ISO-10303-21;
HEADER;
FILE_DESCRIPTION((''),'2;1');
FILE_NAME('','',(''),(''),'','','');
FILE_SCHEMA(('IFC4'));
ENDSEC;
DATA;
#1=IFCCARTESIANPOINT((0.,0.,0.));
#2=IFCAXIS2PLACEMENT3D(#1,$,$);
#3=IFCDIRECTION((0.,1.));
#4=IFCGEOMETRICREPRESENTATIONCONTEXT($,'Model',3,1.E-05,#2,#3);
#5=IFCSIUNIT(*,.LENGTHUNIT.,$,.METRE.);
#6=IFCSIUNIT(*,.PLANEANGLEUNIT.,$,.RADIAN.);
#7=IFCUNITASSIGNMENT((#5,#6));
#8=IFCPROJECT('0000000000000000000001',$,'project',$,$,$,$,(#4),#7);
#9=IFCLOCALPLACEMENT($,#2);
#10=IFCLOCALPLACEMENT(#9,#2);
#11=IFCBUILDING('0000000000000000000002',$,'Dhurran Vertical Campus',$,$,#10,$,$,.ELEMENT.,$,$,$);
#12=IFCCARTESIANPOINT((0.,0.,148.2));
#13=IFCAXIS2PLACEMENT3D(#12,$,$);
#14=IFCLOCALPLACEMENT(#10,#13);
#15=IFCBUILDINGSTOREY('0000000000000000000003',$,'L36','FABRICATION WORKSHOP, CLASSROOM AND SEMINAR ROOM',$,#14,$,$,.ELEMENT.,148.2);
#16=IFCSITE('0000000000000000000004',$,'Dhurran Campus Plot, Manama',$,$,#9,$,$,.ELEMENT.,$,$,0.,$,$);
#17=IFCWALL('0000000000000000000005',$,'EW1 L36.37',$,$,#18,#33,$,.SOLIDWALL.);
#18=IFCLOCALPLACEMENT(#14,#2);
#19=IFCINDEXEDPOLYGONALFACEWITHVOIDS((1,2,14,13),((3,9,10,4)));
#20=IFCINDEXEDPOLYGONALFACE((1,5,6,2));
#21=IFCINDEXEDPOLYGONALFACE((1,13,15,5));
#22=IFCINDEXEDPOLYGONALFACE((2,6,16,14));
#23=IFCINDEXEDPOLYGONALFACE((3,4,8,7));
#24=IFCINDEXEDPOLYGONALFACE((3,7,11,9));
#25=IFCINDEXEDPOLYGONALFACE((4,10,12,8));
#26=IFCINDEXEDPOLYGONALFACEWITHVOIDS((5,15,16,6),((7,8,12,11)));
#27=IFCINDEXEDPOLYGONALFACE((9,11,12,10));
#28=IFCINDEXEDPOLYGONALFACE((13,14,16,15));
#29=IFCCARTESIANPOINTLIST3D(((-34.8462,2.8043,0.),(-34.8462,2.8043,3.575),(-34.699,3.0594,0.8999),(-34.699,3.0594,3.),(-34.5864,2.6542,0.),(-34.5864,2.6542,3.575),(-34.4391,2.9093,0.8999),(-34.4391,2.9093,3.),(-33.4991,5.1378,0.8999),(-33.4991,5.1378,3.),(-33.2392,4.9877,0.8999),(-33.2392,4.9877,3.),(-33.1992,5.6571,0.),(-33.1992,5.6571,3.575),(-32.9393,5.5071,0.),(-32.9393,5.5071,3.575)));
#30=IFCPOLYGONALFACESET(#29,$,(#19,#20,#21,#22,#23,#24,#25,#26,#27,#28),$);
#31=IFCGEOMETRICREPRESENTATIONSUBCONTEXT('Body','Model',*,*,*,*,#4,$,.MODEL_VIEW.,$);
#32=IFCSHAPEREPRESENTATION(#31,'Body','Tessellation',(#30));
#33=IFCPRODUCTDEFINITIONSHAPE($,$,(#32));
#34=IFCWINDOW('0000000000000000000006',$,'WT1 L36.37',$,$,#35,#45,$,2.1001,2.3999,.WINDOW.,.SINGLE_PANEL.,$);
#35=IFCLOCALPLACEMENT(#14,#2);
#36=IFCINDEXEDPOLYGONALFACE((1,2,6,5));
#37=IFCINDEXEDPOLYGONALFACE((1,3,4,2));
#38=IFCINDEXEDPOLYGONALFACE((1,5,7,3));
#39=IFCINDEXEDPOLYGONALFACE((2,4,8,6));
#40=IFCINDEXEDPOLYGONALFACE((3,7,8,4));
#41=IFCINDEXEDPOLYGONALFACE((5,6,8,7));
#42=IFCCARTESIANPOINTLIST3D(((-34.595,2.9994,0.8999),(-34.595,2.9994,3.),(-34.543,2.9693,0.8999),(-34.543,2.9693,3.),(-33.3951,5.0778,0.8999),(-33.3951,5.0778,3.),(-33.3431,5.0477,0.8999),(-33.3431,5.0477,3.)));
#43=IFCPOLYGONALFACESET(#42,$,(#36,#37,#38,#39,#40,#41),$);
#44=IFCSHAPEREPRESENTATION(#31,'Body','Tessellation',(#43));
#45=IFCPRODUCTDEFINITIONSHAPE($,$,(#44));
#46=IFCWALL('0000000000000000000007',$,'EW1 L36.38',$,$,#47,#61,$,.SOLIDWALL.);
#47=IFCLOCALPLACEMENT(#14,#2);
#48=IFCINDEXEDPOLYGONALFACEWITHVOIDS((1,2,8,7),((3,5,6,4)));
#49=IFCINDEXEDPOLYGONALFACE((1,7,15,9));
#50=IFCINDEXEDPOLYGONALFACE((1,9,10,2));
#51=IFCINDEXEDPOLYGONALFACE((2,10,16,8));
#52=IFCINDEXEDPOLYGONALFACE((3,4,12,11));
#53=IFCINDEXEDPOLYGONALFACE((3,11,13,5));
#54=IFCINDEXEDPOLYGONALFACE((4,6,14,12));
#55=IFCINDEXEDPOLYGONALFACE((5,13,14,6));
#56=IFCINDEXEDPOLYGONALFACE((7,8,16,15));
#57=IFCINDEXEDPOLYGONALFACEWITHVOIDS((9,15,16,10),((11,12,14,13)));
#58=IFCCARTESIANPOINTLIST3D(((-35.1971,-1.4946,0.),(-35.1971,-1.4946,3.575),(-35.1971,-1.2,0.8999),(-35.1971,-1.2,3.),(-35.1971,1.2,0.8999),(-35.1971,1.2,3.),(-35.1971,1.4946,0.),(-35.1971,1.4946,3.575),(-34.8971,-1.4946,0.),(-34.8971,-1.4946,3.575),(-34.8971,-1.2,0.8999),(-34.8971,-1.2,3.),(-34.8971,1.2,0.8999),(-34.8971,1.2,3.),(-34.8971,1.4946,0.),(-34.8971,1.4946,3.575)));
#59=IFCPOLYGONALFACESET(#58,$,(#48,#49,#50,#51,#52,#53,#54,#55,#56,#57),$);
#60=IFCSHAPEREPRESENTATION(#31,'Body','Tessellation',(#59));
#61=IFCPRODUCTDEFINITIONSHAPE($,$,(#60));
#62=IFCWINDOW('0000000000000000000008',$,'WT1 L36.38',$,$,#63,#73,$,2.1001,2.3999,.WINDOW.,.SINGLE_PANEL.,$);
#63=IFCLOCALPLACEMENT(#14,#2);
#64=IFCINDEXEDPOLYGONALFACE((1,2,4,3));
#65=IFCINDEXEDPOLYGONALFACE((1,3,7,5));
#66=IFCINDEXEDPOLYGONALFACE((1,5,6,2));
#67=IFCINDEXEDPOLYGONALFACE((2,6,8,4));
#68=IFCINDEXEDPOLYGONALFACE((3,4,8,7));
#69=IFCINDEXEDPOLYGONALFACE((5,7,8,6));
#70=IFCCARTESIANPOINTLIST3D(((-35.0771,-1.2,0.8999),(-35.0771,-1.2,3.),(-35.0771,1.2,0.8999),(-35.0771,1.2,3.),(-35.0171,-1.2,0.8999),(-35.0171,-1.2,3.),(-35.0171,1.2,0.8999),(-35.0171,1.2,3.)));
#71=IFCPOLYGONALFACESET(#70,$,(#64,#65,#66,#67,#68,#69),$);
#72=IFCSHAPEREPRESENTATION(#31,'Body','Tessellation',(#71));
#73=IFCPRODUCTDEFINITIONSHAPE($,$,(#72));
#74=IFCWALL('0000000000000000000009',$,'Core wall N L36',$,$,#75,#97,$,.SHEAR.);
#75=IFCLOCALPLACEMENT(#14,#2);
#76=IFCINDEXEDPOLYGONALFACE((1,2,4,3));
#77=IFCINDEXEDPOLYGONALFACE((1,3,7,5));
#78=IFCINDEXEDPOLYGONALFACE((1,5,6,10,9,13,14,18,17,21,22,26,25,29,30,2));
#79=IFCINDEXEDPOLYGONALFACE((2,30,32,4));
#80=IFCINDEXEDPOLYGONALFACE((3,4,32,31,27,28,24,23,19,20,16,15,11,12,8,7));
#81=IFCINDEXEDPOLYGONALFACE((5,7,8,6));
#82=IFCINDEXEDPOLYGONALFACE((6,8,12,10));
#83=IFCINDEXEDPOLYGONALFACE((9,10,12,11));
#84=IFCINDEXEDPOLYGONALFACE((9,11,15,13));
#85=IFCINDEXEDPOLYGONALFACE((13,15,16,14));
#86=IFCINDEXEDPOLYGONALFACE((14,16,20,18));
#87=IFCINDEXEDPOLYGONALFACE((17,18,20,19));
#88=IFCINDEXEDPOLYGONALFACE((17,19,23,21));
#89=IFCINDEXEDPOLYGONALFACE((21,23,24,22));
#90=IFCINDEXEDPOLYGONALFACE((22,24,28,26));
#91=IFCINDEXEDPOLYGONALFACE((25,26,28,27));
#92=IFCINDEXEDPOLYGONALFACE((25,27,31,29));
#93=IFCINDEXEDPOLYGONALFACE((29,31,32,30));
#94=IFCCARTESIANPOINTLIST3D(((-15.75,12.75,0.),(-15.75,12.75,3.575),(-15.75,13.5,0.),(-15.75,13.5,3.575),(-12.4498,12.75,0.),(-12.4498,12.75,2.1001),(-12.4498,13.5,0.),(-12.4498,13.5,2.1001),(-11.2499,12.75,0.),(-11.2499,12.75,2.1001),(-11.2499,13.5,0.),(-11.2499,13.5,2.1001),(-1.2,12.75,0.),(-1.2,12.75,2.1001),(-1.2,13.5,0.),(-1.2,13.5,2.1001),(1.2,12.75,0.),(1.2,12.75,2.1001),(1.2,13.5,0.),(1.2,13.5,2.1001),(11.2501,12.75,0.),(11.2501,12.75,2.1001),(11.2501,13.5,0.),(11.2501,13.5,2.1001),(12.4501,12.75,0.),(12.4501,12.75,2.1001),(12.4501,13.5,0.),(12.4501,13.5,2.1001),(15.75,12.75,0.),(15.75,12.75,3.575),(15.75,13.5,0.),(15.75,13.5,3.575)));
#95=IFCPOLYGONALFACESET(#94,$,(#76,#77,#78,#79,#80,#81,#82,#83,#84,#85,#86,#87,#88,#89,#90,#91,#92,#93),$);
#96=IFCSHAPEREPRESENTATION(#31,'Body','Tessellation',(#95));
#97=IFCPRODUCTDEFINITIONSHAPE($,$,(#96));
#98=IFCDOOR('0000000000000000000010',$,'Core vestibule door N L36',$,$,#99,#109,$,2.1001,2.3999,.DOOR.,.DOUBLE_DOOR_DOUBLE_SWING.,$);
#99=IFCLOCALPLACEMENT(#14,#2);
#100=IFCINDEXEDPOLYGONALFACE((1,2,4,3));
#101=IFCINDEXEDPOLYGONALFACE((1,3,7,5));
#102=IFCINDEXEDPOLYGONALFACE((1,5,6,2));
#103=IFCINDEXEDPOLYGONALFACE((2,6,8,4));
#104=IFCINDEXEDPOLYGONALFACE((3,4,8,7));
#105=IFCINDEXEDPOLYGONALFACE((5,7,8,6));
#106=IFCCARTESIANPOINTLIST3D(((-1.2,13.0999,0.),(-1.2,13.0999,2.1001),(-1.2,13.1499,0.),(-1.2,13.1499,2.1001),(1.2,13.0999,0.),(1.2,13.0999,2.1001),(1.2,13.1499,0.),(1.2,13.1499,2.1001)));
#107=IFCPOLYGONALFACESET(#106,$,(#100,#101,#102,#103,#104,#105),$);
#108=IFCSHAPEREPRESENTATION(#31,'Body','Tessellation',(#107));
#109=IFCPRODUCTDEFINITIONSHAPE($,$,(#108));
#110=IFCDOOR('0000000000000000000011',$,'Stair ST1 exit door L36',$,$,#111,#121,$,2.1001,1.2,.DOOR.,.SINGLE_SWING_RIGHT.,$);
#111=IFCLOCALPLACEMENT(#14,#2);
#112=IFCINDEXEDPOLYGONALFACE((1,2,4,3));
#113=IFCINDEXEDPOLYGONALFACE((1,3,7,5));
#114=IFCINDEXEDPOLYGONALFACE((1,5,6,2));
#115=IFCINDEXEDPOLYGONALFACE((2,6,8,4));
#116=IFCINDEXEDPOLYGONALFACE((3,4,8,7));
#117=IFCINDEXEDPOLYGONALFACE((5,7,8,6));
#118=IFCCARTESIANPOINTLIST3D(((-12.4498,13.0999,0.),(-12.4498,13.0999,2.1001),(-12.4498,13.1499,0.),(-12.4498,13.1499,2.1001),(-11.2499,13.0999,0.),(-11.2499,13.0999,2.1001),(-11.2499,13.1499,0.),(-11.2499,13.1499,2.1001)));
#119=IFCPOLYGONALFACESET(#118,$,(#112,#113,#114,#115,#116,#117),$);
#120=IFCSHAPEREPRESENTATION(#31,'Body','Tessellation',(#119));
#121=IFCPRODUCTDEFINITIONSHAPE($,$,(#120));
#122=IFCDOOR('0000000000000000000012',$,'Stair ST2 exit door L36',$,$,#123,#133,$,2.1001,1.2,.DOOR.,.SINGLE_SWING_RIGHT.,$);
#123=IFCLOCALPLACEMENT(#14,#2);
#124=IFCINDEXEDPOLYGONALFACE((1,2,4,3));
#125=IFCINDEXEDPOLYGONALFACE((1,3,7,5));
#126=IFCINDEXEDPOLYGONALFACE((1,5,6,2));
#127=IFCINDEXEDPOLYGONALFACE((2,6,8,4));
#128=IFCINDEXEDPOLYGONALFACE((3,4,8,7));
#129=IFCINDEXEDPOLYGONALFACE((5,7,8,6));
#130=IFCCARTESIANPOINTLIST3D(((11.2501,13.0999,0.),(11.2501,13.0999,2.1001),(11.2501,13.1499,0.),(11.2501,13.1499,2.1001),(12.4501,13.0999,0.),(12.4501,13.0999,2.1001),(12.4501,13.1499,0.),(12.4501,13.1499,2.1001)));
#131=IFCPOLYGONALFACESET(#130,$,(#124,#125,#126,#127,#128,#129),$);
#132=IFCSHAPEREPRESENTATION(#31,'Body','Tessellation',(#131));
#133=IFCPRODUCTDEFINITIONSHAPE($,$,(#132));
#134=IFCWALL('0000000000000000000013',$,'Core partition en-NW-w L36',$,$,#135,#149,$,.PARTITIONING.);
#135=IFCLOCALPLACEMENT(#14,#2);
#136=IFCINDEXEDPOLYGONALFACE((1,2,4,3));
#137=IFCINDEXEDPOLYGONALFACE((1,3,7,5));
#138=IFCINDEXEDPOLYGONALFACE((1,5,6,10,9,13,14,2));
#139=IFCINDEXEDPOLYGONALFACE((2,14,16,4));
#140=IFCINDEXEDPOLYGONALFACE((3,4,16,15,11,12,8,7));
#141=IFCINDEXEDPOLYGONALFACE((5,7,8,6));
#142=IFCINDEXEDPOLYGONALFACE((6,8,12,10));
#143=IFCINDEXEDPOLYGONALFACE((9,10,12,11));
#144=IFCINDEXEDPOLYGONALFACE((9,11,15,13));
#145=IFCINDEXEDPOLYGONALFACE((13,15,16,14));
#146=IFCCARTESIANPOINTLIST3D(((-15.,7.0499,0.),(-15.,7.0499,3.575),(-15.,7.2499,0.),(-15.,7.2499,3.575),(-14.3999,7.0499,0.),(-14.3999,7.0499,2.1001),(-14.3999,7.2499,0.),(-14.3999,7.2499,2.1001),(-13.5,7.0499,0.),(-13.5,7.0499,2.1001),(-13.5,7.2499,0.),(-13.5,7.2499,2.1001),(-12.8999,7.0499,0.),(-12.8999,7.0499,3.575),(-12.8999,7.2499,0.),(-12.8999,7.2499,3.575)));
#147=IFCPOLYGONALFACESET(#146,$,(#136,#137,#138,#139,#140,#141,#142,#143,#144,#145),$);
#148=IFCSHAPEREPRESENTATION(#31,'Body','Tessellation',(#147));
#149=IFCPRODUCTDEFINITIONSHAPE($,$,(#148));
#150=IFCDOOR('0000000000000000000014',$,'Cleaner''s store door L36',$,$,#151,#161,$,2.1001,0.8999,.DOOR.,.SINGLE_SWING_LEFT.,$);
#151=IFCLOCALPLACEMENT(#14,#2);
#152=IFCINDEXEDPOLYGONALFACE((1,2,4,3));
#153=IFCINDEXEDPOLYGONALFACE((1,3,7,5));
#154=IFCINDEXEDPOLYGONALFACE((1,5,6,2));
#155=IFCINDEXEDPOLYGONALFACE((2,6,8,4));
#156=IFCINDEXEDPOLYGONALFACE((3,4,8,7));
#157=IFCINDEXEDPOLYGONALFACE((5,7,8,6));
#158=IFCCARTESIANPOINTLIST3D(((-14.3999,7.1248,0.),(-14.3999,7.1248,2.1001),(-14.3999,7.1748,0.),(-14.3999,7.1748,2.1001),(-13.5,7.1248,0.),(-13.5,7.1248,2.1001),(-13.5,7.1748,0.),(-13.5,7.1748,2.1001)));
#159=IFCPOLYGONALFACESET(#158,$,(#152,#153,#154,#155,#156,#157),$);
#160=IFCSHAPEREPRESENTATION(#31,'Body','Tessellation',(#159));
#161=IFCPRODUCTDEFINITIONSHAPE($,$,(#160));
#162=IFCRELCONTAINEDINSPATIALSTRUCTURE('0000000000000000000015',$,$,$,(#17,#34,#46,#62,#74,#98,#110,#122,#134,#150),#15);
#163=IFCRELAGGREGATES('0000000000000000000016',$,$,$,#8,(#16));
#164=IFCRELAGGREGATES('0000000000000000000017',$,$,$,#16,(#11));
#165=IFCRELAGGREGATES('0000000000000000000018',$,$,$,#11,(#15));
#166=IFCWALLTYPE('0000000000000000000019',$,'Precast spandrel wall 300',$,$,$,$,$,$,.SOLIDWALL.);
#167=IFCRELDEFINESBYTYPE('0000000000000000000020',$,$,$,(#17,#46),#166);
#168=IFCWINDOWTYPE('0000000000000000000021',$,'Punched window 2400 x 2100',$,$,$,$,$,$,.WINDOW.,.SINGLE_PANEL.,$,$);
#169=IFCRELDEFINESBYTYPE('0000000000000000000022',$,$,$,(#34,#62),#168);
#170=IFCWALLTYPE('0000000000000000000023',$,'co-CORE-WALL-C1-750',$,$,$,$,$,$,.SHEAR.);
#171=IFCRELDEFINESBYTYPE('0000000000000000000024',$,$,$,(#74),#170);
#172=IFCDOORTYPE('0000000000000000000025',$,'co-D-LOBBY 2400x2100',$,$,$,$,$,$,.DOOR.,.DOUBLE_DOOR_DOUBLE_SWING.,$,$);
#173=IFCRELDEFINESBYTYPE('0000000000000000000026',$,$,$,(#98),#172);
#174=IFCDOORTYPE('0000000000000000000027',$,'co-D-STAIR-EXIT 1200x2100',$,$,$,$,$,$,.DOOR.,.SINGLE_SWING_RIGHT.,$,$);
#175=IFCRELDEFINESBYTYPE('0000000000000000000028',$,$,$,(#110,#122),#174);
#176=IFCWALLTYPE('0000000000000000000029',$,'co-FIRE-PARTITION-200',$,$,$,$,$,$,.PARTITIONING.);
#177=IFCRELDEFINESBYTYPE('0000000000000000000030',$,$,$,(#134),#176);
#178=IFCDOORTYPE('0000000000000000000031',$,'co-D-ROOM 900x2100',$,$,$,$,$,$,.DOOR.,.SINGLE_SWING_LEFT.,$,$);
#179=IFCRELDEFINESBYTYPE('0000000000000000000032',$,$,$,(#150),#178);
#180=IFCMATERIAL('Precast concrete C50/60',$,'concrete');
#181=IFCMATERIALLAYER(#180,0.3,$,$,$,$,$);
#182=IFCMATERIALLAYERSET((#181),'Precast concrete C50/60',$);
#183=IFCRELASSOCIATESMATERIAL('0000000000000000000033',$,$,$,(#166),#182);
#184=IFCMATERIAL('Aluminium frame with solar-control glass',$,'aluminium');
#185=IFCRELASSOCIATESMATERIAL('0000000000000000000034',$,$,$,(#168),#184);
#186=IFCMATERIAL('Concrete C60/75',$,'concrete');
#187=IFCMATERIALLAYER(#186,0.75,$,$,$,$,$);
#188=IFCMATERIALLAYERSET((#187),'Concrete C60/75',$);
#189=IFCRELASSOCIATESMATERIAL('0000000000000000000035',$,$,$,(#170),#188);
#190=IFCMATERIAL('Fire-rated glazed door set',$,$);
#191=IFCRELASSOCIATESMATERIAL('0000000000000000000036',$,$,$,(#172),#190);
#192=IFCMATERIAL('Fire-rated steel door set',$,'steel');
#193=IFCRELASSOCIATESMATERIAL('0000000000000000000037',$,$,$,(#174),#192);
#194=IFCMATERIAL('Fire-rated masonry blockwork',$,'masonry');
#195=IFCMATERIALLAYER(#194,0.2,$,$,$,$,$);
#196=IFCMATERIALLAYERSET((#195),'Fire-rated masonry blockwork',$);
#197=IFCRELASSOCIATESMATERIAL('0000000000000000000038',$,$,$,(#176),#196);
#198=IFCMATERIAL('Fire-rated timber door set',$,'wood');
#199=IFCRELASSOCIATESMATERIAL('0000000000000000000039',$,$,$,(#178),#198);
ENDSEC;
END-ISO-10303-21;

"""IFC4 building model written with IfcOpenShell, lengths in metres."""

from ifc_helpers import new_model, si_unit, direction, frame, frame_2d, origin, place, context, subcontext, project, spatial, rectangle, extrude, material, layer, layer_set, type_object, element, fill, save


model = new_model("IFC4")

# Units and contexts
model_context = context("Model", 3, precision=1e-05, world=origin(), true_north=direction((0.0, 1.0)))
body_context = subcontext(model_context, "Body", "Model", "MODEL_VIEW")
ifc_project = project(units=[si_unit("LENGTHUNIT", "METRE"), si_unit("PLANEANGLEUNIT", "RADIAN")], contexts=[model_context])

# Site, building, storey
site_placement = place(None, origin())
site = spatial("IfcSite", under=ifc_project, at=site_placement, Name="Dhurran Campus Plot, Manama", CompositionType="ELEMENT", RefElevation=0.0)
building_placement = place(site_placement, origin())
building = spatial("IfcBuilding", under=site, at=building_placement, Name="Dhurran Vertical Campus", CompositionType="ELEMENT")
storey_placement = place(building_placement, frame((0.0, 0.0, 148.2)))
storey = spatial("IfcBuildingStorey", under=building, at=storey_placement, Name="L36", Description="FABRICATION WORKSHOP, CLASSROOM AND SEMINAR ROOM", CompositionType="ELEMENT", Elevation=148.2)

# Walls, openings, windows
ifc_material_1 = material(Name="Precast concrete C50/60", Category="concrete")
ifc_layer_1 = layer(ifc_material_1, 0.3)
ifc_layer_set_1 = layer_set([ifc_layer_1], Name="Precast concrete C50/60")
wall_type_1 = type_object("IfcWallType", Name="Precast spandrel wall 300", PredefinedType="SOLIDWALL", material=ifc_layer_set_1)
ifc_material_2 = material(Name="Aluminium frame with solar-control glass", Category="aluminium")
window_type = type_object("IfcWindowType", Name="Punched window 2400 x 2100", PartitioningType="SINGLE_PANEL", PredefinedType="WINDOW", material=ifc_material_2)
wall_1_placement = place(storey_placement, frame((-33.0693, 5.582, 0.0), z_axis=(0.0, 0.0, 1.0), x_axis=(-0.499981, -0.866036, 0.0)))
wall_1 = element("IfcWall", 1, at=wall_1_placement, inside=storey, type_object=wall_type_1, Name="EW1 L36.37", PredefinedType="SOLIDWALL", context=body_context, shape_type="SweptSolid", body=[
    extrude(rectangle(XDim=3.2942, YDim=0.3, at=frame_2d((1.647, 0.0))), origin(), (0.0, 0.0, 1.0), 3.575),
])
opening_1_placement = place(wall_1_placement, frame((0.5996, 0.0, 0.8999)))
opening_1 = element("IfcOpeningElement", 2, at=opening_1_placement, cuts=wall_1, PredefinedType="OPENING", context=body_context, shape_type="SweptSolid", body=[
    extrude(rectangle(XDim=2.3999, YDim=2.1001, at=frame_2d((1.2, 1.05))), frame((0.0, 0.1599, 0.0), z_axis=(0.0, -1.0, 0.0), x_axis=(1.0, 0.0, 0.0)), (0.0, 0.0, 1.0), 0.3201),
])
window_1_placement = place(opening_1_placement, origin())
window_1 = element("IfcWindow", 3, at=window_1_placement, inside=storey, type_object=window_type, Name="WT1 L36.37", OverallHeight=2.1001, OverallWidth=2.3999, PartitioningType="SINGLE_PANEL", PredefinedType="WINDOW", context=body_context, shape_type="SweptSolid", body=[
    extrude(rectangle(XDim=2.3999, YDim=2.1001, at=frame_2d((1.2, 1.05))), frame((0.0, 0.03, 0.0), z_axis=(0.0, -1.0, 0.0), x_axis=(1.0, 0.0, 0.0)), (0.0, 0.0, 1.0), 0.0601),
])
fill(opening_1, window_1)
wall_2_placement = place(storey_placement, frame((-35.0471, 1.4946, 0.0), z_axis=(0.0, 0.0, 1.0), x_axis=(0.0, -1.0, 0.0)))
wall_2 = element("IfcWall", 4, at=wall_2_placement, inside=storey, type_object=wall_type_1, Name="EW1 L36.38", PredefinedType="SOLIDWALL", context=body_context, shape_type="SweptSolid", body=[
    extrude(rectangle(XDim=2.9893, YDim=0.3, at=frame_2d((1.4946, 0.0))), origin(), (0.0, 0.0, 1.0), 3.575),
])
opening_2_placement = place(wall_2_placement, frame((0.2947, 0.0, 0.8999)))
opening_2 = element("IfcOpeningElement", 5, at=opening_2_placement, cuts=wall_2, PredefinedType="OPENING", context=body_context, shape_type="SweptSolid", body=[
    extrude(rectangle(XDim=2.3999, YDim=2.1001, at=frame_2d((1.2, 1.05))), frame((0.0, 0.1599, 0.0), z_axis=(0.0, -1.0, 0.0), x_axis=(1.0, 0.0, 0.0)), (0.0, 0.0, 1.0), 0.3201),
])
window_2_placement = place(opening_2_placement, origin())
window_2 = element("IfcWindow", 6, at=window_2_placement, inside=storey, type_object=window_type, Name="WT1 L36.38", OverallHeight=2.1001, OverallWidth=2.3999, PartitioningType="SINGLE_PANEL", PredefinedType="WINDOW", context=body_context, shape_type="SweptSolid", body=[
    extrude(rectangle(XDim=2.3999, YDim=2.1001, at=frame_2d((1.2, 1.05))), frame((0.0, 0.03, 0.0), z_axis=(0.0, -1.0, 0.0), x_axis=(1.0, 0.0, 0.0)), (0.0, 0.0, 1.0), 0.0601),
])
fill(opening_2, window_2)

# Wall, openings, doors
ifc_material_3 = material(Name="Concrete C60/75", Category="concrete")
ifc_layer_2 = layer(ifc_material_3, 0.75)
ifc_layer_set_2 = layer_set([ifc_layer_2], Name="Concrete C60/75")
wall_type_2 = type_object("IfcWallType", Name="co-CORE-WALL-C1-750", PredefinedType="SHEAR", material=ifc_layer_set_2)
wall_3_placement = place(storey_placement, frame((-15.75, 13.125, 0.0), z_axis=(0.0, 0.0, 1.0), x_axis=(1.0, 0.0, 0.0)))
wall_3 = element("IfcWall", 7, at=wall_3_placement, inside=storey, type_object=wall_type_2, Name="Core wall N L36", PredefinedType="SHEAR", context=body_context, shape_type="SweptSolid", body=[
    extrude(rectangle(XDim=31.5, YDim=0.75, at=frame_2d((15.75, 0.0))), origin(), (0.0, 0.0, 1.0), 3.575),
])
opening_3_placement = place(wall_3_placement, frame((14.55, 0.0, 0.0)))
opening_3 = element("IfcOpeningElement", 8, at=opening_3_placement, cuts=wall_3, PredefinedType="OPENING", context=body_context, shape_type="SweptSolid", body=[
    extrude(rectangle(XDim=2.3999, YDim=2.1001, at=frame_2d((1.2, 1.05))), frame((0.0, 0.385, 0.0), z_axis=(0.0, -1.0, 0.0), x_axis=(1.0, 0.0, 0.0)), (0.0, 0.0, 1.0), 0.77),
])
opening_4_placement = place(wall_3_placement, frame((3.3, 0.0, 0.0)))
opening_4 = element("IfcOpeningElement", 9, at=opening_4_placement, cuts=wall_3, PredefinedType="OPENING", context=body_context, shape_type="SweptSolid", body=[
    extrude(rectangle(XDim=1.2, YDim=2.1001, at=frame_2d((0.6001, 1.05))), frame((0.0, 0.385, 0.0), z_axis=(0.0, -1.0, 0.0), x_axis=(1.0, 0.0, 0.0)), (0.0, 0.0, 1.0), 0.77),
])
opening_5_placement = place(wall_3_placement, frame((27.0, 0.0, 0.0)))
opening_5 = element("IfcOpeningElement", 10, at=opening_5_placement, cuts=wall_3, PredefinedType="OPENING", context=body_context, shape_type="SweptSolid", body=[
    extrude(rectangle(XDim=1.2, YDim=2.1001, at=frame_2d((0.6001, 1.05))), frame((0.0, 0.385, 0.0), z_axis=(0.0, -1.0, 0.0), x_axis=(1.0, 0.0, 0.0)), (0.0, 0.0, 1.0), 0.77),
])
ifc_material_4 = material(Name="Fire-rated glazed door set")
door_type_1 = type_object("IfcDoorType", Name="co-D-LOBBY 2400x2100", OperationType="DOUBLE_DOOR_DOUBLE_SWING", PredefinedType="DOOR", material=ifc_material_4)
door_1_placement = place(opening_3_placement, origin())
door_1 = element("IfcDoor", 11, at=door_1_placement, inside=storey, type_object=door_type_1, Name="Core vestibule door N L36", OperationType="DOUBLE_DOOR_DOUBLE_SWING", OverallHeight=2.1001, OverallWidth=2.3999, PredefinedType="DOOR", context=body_context, shape_type="SweptSolid", body=[
    extrude(rectangle(XDim=2.3999, YDim=2.1001, at=frame_2d((1.2, 1.05))), frame((0.0, 0.0249, 0.0), z_axis=(0.0, -1.0, 0.0), x_axis=(1.0, 0.0, 0.0)), (0.0, 0.0, 1.0), 0.05),
])
fill(opening_3, door_1)
ifc_material_5 = material(Name="Fire-rated steel door set", Category="steel")
door_type_2 = type_object("IfcDoorType", Name="co-D-STAIR-EXIT 1200x2100", OperationType="SINGLE_SWING_RIGHT", PredefinedType="DOOR", material=ifc_material_5)
door_2_placement = place(opening_4_placement, origin())
door_2 = element("IfcDoor", 12, at=door_2_placement, inside=storey, type_object=door_type_2, Name="Stair ST1 exit door L36", OperationType="SINGLE_SWING_RIGHT", OverallHeight=2.1001, OverallWidth=1.2, PredefinedType="DOOR", context=body_context, shape_type="SweptSolid", body=[
    extrude(rectangle(XDim=1.2, YDim=2.1001, at=frame_2d((0.6001, 1.05))), frame((0.0, 0.0249, 0.0), z_axis=(0.0, -1.0, 0.0), x_axis=(1.0, 0.0, 0.0)), (0.0, 0.0, 1.0), 0.05),
])
fill(opening_4, door_2)
door_3_placement = place(opening_5_placement, origin())
door_3 = element("IfcDoor", 13, at=door_3_placement, inside=storey, type_object=door_type_2, Name="Stair ST2 exit door L36", OperationType="SINGLE_SWING_RIGHT", OverallHeight=2.1001, OverallWidth=1.2, PredefinedType="DOOR", context=body_context, shape_type="SweptSolid", body=[
    extrude(rectangle(XDim=1.2, YDim=2.1001, at=frame_2d((0.6001, 1.05))), frame((0.0, 0.0249, 0.0), z_axis=(0.0, -1.0, 0.0), x_axis=(1.0, 0.0, 0.0)), (0.0, 0.0, 1.0), 0.05),
])
fill(opening_5, door_3)

# Wall, opening, door
ifc_material_6 = material(Name="Fire-rated masonry blockwork", Category="masonry")
ifc_layer_3 = layer(ifc_material_6, 0.2)
ifc_layer_set_3 = layer_set([ifc_layer_3], Name="Fire-rated masonry blockwork")
wall_type_3 = type_object("IfcWallType", Name="co-FIRE-PARTITION-200", PredefinedType="PARTITIONING", material=ifc_layer_set_3)
wall_4_placement = place(storey_placement, frame((-15.0, 7.1499, 0.0), z_axis=(0.0, 0.0, 1.0), x_axis=(1.0, 0.0, 0.0)))
wall_4 = element("IfcWall", 14, at=wall_4_placement, inside=storey, type_object=wall_type_3, Name="Core partition en-NW-w L36", PredefinedType="PARTITIONING", context=body_context, shape_type="SweptSolid", body=[
    extrude(rectangle(XDim=2.1001, YDim=0.2, at=frame_2d((1.05, 0.0))), origin(), (0.0, 0.0, 1.0), 3.575),
])
opening_6_placement = place(wall_4_placement, frame((0.6001, 0.0, 0.0)))
opening_6 = element("IfcOpeningElement", 15, at=opening_6_placement, cuts=wall_4, PredefinedType="OPENING", context=body_context, shape_type="SweptSolid", body=[
    extrude(rectangle(XDim=0.8999, YDim=2.1001, at=frame_2d((0.45, 1.05))), frame((0.0, 0.1099, 0.0), z_axis=(0.0, -1.0, 0.0), x_axis=(1.0, 0.0, 0.0)), (0.0, 0.0, 1.0), 0.22),
])
ifc_material_7 = material(Name="Fire-rated timber door set", Category="wood")
door_type_3 = type_object("IfcDoorType", Name="co-D-ROOM 900x2100", OperationType="SINGLE_SWING_LEFT", PredefinedType="DOOR", material=ifc_material_7)
door_4_placement = place(opening_6_placement, origin())
door_4 = element("IfcDoor", 16, at=door_4_placement, inside=storey, type_object=door_type_3, Name="Cleaner's store door L36", OperationType="SINGLE_SWING_LEFT", OverallHeight=2.1001, OverallWidth=0.8999, PredefinedType="DOOR", context=body_context, shape_type="SweptSolid", body=[
    extrude(rectangle(XDim=0.8999, YDim=2.1001, at=frame_2d((0.45, 1.05))), frame((0.0, 0.0249, 0.0), z_axis=(0.0, -1.0, 0.0), x_axis=(1.0, 0.0, 0.0)), (0.0, 0.0, 1.0), 0.05),
])
fill(opening_6, door_4)

save(model, "model.ifc")
